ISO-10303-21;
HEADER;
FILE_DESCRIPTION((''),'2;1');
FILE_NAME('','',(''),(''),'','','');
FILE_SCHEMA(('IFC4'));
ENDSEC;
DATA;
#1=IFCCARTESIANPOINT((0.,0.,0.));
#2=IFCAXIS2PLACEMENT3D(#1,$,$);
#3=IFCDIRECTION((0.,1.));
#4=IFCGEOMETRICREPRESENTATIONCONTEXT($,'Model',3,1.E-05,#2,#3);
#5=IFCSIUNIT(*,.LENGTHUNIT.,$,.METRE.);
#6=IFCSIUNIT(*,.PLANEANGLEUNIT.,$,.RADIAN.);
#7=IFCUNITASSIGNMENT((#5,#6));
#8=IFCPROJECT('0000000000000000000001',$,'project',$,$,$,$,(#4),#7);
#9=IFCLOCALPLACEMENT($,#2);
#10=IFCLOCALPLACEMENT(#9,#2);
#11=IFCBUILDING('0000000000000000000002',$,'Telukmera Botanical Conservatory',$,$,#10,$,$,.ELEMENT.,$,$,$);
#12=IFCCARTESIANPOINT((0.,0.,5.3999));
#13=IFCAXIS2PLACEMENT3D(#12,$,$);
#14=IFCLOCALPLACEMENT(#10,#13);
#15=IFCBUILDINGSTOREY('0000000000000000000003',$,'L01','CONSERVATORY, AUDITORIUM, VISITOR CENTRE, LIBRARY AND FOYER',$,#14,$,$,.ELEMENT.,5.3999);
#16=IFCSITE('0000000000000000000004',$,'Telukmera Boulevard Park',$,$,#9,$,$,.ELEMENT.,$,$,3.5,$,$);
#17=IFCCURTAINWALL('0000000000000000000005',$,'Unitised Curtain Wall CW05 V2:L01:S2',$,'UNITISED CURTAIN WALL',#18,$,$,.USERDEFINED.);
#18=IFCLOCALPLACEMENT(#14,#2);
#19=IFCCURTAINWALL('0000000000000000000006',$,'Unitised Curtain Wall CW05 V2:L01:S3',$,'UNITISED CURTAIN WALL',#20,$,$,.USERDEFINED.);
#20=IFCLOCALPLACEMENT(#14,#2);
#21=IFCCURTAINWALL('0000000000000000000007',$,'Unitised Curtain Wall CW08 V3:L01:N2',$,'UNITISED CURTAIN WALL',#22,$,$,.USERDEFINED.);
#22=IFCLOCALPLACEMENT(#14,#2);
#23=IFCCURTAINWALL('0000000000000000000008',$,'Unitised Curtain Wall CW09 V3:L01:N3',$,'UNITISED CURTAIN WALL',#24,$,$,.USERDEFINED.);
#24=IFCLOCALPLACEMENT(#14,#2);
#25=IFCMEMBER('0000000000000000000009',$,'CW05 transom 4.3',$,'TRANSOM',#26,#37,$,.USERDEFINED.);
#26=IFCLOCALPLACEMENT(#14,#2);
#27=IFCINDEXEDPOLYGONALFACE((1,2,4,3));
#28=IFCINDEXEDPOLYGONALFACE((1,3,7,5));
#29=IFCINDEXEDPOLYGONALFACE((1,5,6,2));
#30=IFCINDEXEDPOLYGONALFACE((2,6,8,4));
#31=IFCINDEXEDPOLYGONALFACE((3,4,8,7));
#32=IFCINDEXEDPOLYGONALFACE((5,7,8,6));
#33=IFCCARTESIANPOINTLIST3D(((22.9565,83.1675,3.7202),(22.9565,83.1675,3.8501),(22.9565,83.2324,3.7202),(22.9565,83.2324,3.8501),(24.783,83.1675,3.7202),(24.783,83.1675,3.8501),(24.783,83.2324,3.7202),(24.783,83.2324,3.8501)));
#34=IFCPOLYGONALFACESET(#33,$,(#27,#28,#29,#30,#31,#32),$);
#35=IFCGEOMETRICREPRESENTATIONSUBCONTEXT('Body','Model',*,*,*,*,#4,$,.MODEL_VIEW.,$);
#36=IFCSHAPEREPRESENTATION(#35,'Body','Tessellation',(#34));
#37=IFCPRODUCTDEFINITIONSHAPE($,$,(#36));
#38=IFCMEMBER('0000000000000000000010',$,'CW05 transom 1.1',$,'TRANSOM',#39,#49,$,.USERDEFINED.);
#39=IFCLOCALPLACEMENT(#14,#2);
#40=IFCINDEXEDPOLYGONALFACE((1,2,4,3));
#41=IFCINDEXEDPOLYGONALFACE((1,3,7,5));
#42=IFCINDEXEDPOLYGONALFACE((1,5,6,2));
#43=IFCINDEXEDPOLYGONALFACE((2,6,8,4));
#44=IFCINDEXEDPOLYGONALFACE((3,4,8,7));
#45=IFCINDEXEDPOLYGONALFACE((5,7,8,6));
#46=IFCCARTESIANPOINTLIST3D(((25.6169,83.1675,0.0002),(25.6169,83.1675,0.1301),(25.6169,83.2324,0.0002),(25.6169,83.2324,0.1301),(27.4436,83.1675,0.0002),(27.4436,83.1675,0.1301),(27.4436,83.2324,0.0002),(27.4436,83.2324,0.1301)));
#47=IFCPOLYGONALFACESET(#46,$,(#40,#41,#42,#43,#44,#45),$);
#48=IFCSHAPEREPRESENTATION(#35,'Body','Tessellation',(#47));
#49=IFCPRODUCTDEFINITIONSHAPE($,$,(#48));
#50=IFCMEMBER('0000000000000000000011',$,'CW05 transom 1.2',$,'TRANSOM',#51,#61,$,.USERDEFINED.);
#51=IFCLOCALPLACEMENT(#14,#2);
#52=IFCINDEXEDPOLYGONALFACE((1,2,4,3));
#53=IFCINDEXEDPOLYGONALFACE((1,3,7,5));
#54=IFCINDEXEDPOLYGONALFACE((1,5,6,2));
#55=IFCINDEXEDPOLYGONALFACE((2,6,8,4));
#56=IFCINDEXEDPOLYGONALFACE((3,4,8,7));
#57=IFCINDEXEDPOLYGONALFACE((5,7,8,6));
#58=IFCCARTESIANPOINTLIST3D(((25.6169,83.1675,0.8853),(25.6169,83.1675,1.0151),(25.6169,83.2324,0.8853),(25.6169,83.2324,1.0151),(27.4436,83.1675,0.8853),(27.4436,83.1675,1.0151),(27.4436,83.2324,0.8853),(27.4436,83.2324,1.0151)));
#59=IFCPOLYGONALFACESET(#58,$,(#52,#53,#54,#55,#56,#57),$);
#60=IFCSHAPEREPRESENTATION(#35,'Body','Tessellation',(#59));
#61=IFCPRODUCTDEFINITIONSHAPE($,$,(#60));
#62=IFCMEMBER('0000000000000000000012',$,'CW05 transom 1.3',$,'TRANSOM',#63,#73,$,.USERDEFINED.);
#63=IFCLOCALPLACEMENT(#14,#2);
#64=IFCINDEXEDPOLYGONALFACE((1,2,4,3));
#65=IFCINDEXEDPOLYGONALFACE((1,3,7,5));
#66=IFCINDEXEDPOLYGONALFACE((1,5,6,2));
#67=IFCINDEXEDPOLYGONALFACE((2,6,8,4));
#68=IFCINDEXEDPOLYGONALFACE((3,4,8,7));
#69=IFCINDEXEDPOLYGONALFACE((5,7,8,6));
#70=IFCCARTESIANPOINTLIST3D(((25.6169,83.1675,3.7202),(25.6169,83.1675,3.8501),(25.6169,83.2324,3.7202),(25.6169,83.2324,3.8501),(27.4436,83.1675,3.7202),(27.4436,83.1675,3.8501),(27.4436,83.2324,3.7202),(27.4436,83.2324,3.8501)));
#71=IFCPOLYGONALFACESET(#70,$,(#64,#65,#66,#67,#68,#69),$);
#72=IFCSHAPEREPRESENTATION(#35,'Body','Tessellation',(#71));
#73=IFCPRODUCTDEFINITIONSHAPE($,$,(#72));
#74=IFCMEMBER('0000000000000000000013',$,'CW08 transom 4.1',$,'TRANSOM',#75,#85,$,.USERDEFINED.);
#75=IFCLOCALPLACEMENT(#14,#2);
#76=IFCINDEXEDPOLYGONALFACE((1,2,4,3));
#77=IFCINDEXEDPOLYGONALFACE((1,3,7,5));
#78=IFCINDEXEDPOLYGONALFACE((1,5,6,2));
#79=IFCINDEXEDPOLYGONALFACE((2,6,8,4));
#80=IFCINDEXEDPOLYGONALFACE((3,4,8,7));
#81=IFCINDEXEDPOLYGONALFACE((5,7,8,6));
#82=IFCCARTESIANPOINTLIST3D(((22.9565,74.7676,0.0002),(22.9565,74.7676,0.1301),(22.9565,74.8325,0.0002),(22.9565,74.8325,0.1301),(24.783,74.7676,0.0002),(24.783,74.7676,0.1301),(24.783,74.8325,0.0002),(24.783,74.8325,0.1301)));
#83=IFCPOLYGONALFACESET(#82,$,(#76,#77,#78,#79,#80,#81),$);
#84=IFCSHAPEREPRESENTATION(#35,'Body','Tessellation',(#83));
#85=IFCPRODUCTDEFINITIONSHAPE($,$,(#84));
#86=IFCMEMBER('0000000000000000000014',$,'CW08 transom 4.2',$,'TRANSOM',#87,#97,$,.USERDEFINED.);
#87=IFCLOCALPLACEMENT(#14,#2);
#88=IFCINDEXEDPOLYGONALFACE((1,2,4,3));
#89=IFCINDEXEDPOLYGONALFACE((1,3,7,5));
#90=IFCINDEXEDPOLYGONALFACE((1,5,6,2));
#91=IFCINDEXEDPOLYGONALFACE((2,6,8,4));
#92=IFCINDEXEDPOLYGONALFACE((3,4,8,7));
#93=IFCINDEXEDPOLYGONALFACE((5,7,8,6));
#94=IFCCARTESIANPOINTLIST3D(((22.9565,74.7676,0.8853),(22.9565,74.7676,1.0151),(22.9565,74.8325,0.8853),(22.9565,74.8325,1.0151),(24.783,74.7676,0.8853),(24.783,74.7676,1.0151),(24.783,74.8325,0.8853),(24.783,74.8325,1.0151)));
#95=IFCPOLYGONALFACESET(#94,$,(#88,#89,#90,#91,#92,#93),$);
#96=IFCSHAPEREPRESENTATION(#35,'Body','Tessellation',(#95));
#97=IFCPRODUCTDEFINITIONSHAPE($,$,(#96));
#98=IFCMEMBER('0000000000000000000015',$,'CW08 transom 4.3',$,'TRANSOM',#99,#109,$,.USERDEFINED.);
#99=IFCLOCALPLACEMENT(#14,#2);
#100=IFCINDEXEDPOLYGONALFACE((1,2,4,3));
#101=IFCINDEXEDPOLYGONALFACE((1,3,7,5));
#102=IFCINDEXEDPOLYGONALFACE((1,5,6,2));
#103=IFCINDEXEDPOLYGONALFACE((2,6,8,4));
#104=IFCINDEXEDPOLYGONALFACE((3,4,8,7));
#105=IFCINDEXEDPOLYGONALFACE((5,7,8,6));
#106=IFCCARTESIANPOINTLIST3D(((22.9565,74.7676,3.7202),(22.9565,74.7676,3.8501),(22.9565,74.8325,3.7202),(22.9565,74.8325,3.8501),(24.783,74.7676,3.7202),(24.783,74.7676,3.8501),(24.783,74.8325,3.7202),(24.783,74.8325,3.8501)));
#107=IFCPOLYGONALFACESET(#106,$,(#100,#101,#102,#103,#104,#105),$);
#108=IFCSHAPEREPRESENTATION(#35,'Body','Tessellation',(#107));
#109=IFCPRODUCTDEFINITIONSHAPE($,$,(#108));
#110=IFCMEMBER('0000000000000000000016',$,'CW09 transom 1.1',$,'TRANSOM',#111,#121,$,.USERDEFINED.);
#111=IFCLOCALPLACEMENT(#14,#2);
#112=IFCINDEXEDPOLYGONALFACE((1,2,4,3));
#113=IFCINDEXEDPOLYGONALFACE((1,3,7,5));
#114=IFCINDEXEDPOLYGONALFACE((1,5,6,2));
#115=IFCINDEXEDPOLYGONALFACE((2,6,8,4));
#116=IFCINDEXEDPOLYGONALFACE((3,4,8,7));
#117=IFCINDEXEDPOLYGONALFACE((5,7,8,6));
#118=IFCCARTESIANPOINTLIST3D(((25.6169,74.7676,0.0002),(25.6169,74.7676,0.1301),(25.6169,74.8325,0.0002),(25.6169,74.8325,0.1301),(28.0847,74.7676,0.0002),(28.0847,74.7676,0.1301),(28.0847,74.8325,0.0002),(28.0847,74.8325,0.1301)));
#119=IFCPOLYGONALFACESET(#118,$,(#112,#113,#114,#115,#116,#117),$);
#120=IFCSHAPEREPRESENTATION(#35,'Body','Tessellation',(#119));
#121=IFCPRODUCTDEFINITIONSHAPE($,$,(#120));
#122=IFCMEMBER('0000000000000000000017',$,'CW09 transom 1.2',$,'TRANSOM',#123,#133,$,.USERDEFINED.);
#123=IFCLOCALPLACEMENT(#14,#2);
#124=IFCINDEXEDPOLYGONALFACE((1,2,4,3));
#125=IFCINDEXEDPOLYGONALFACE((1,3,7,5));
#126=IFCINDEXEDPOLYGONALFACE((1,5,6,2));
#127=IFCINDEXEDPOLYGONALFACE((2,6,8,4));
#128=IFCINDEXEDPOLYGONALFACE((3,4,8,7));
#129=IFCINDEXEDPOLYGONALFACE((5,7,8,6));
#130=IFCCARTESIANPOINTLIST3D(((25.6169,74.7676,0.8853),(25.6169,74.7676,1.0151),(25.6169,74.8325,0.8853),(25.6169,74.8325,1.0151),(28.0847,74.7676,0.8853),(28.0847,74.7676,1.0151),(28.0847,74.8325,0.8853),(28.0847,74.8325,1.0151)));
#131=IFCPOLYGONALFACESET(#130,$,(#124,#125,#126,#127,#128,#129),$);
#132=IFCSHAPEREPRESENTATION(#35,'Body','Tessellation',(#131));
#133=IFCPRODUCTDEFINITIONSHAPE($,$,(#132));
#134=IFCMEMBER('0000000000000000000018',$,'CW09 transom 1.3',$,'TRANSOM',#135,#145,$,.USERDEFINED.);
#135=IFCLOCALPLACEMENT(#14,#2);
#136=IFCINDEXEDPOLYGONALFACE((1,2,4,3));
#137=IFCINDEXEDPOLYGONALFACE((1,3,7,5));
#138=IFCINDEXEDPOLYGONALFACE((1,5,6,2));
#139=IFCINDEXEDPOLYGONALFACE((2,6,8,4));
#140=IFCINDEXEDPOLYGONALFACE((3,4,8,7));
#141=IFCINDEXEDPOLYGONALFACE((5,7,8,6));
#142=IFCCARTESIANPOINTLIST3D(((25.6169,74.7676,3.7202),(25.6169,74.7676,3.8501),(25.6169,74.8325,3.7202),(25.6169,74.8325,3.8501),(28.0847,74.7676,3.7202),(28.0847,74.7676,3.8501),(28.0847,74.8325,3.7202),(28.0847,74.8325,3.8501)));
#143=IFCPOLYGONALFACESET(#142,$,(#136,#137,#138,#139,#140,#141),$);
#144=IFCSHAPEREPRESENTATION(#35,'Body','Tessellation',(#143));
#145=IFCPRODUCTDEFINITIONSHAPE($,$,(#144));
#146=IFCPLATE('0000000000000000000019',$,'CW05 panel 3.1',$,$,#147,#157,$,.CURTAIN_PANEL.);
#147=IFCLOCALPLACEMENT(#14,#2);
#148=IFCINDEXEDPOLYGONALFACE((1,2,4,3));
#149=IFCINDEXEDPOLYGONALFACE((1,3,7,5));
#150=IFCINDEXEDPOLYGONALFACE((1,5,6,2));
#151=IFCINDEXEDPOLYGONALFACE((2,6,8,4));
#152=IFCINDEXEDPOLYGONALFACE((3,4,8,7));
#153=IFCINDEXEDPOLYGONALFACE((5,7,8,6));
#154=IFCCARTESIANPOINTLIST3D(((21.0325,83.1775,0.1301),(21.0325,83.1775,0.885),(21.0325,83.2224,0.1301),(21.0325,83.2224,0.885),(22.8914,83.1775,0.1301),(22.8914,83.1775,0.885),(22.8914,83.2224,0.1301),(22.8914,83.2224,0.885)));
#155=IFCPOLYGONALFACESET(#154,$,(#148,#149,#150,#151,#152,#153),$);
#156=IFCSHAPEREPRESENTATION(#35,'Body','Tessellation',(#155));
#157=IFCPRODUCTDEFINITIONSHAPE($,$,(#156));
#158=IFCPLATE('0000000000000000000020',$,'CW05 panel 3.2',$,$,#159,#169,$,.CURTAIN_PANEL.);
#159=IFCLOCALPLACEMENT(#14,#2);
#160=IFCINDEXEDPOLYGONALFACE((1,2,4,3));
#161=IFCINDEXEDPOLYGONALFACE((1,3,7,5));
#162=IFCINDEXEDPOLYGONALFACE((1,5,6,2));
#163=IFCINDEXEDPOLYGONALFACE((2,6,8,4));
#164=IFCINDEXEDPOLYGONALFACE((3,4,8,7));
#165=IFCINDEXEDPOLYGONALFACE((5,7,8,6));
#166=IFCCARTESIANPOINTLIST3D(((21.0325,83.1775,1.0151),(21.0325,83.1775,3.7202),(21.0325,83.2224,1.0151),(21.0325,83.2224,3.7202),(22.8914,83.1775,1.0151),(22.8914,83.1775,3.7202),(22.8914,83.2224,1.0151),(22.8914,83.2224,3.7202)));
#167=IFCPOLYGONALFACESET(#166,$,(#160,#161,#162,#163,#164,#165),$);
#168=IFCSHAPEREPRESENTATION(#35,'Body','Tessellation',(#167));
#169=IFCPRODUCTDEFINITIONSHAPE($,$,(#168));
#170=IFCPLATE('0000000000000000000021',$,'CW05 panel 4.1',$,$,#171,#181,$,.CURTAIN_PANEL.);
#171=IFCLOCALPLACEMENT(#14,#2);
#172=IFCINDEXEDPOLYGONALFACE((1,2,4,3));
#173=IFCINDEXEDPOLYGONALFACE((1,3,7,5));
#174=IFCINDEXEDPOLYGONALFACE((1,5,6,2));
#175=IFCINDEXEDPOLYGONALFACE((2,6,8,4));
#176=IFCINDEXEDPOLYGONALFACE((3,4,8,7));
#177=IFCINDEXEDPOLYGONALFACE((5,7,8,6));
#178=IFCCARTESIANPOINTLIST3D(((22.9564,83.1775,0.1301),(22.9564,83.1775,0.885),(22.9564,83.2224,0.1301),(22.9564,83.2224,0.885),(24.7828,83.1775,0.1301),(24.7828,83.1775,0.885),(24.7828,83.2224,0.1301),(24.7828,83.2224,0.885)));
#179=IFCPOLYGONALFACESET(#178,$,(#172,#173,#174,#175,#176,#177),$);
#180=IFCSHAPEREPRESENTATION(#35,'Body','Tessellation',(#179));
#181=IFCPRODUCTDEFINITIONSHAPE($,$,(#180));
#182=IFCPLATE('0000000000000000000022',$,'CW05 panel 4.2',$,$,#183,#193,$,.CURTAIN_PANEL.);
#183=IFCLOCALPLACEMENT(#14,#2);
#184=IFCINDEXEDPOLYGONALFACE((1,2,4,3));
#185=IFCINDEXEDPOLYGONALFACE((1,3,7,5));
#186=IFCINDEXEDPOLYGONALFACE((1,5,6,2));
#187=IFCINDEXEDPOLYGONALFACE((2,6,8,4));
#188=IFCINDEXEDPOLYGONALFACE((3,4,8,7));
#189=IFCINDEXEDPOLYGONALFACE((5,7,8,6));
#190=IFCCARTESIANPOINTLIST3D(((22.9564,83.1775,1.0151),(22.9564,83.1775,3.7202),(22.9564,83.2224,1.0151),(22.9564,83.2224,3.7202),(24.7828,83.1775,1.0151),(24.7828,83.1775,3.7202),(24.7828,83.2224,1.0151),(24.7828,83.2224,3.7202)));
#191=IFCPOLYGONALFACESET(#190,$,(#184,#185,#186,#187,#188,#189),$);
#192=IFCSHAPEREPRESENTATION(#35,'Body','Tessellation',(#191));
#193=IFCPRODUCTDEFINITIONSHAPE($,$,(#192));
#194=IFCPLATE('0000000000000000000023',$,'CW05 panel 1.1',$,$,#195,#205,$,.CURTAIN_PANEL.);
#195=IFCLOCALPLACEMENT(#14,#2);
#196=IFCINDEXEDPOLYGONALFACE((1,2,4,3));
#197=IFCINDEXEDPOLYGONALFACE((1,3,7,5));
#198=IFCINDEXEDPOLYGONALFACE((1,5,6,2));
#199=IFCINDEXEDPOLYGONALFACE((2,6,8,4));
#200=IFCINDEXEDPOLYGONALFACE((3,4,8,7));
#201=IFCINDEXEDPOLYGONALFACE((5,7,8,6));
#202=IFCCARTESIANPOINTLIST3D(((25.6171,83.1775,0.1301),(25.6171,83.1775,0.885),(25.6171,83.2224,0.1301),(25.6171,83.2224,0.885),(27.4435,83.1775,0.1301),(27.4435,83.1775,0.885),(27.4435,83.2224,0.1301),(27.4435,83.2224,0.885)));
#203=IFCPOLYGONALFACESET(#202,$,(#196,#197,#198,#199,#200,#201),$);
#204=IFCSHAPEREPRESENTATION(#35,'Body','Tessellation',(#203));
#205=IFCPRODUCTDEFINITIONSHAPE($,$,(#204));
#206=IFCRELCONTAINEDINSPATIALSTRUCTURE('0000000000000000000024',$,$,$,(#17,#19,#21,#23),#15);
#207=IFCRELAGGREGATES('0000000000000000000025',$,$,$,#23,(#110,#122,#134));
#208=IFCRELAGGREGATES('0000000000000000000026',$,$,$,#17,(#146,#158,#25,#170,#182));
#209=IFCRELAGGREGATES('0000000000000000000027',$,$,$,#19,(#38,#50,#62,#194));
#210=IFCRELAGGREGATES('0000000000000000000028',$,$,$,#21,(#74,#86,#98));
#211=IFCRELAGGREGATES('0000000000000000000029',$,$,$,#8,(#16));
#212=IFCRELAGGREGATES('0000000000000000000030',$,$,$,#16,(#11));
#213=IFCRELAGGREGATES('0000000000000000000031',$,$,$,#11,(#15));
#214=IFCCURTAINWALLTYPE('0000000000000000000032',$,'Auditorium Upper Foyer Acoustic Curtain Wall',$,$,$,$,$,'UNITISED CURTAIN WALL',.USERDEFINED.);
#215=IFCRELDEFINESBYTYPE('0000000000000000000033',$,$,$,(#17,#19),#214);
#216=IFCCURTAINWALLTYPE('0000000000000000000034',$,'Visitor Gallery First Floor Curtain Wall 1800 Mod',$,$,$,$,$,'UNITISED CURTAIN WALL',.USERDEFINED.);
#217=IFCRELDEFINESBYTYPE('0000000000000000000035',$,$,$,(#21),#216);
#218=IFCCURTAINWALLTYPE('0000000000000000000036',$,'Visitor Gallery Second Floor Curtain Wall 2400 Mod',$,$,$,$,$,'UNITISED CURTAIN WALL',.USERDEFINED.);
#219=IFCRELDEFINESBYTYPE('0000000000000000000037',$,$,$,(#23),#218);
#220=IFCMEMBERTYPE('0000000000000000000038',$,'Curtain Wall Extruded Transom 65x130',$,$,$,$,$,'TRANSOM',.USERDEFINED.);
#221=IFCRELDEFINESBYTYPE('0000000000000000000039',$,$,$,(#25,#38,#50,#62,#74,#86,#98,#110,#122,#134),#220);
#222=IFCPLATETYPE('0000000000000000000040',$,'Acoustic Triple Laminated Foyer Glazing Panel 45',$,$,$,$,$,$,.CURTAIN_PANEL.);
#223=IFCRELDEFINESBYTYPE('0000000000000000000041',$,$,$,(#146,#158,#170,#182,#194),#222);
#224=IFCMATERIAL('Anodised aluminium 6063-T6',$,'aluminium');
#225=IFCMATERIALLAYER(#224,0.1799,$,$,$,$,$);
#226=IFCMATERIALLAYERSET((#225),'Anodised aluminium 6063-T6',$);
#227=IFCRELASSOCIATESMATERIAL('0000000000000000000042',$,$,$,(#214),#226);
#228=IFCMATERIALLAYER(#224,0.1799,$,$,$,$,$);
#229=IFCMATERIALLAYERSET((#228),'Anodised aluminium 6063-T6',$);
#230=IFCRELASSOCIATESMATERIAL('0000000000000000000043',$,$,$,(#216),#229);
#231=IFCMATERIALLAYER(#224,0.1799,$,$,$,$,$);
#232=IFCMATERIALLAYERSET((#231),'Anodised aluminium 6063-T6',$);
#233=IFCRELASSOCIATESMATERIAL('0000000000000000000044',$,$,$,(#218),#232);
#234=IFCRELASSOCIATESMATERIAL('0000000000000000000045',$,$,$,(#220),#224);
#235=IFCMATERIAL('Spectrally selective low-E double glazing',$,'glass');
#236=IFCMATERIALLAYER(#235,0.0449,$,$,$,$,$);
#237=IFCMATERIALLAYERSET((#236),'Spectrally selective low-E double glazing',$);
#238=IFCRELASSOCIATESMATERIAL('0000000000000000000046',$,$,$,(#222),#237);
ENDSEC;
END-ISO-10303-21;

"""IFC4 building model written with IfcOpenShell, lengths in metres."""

from ifc_helpers import new_model, si_unit, direction, frame, origin, origin_2d, place, context, subcontext, project, spatial, rectangle, extrude, material, layer, layer_set, material_profile, profile_set, type_object, element, aggregate, save


model = new_model("IFC4")

# Units and contexts
model_context = context("Model", 3, precision=1e-05, world=origin(), true_north=direction((0.0, 1.0)))
body_context = subcontext(model_context, "Body", "Model", "MODEL_VIEW")
ifc_project = project(units=[si_unit("LENGTHUNIT", "METRE"), si_unit("PLANEANGLEUNIT", "RADIAN")], contexts=[model_context])

# Site, building, storey
site_placement = place(None, origin())
site = spatial("IfcSite", under=ifc_project, at=site_placement, Name="Telukmera Boulevard Park", CompositionType="ELEMENT", RefElevation=3.5)
building_placement = place(site_placement, origin())
building = spatial("IfcBuilding", under=site, at=building_placement, Name="Telukmera Botanical Conservatory", CompositionType="ELEMENT")
storey_placement = place(building_placement, frame((0.0, 0.0, 5.3999)))
storey = spatial("IfcBuildingStorey", under=building, at=storey_placement, Name="L01", Description="CONSERVATORY, AUDITORIUM, VISITOR CENTRE, LIBRARY AND FOYER", CompositionType="ELEMENT", Elevation=5.3999)

# Curtain wall
ifc_material_1 = material(Name="Anodised aluminium 6063-T6", Category="aluminium")
ifc_layer_1 = layer(ifc_material_1, 0.1799)
ifc_layer_set_1 = layer_set([ifc_layer_1], Name="Anodised aluminium 6063-T6")
curtain_wall_type_1 = type_object("IfcCurtainWallType", Name="Auditorium Upper Foyer Acoustic Curtain Wall", ElementType="UNITISED CURTAIN WALL", PredefinedType="USERDEFINED", material=ifc_layer_set_1)
curtain_wall_1_placement = place(storey_placement, origin())
curtain_wall_1 = element("IfcCurtainWall", 1, at=curtain_wall_1_placement, inside=storey, type_object=curtain_wall_type_1, Name="Unitised Curtain Wall CW05 V2:L01:S2", ObjectType="UNITISED CURTAIN WALL", PredefinedType="USERDEFINED")

# Curtain wall
curtain_wall_2_placement = place(storey_placement, origin())
curtain_wall_2 = element("IfcCurtainWall", 2, at=curtain_wall_2_placement, inside=storey, type_object=curtain_wall_type_1, Name="Unitised Curtain Wall CW05 V2:L01:S3", ObjectType="UNITISED CURTAIN WALL", PredefinedType="USERDEFINED")

# Curtain wall
ifc_layer_2 = layer(ifc_material_1, 0.1799)
ifc_layer_set_2 = layer_set([ifc_layer_2], Name="Anodised aluminium 6063-T6")
curtain_wall_type_2 = type_object("IfcCurtainWallType", Name="Visitor Gallery First Floor Curtain Wall 1800 Mod", ElementType="UNITISED CURTAIN WALL", PredefinedType="USERDEFINED", material=ifc_layer_set_2)
curtain_wall_3_placement = place(storey_placement, origin())
curtain_wall_3 = element("IfcCurtainWall", 3, at=curtain_wall_3_placement, inside=storey, type_object=curtain_wall_type_2, Name="Unitised Curtain Wall CW08 V3:L01:N2", ObjectType="UNITISED CURTAIN WALL", PredefinedType="USERDEFINED")

# Curtain wall
ifc_layer_3 = layer(ifc_material_1, 0.1799)
ifc_layer_set_3 = layer_set([ifc_layer_3], Name="Anodised aluminium 6063-T6")
curtain_wall_type_3 = type_object("IfcCurtainWallType", Name="Visitor Gallery Second Floor Curtain Wall 2400 Mod", ElementType="UNITISED CURTAIN WALL", PredefinedType="USERDEFINED", material=ifc_layer_set_3)
curtain_wall_4_placement = place(storey_placement, origin())
curtain_wall_4 = element("IfcCurtainWall", 4, at=curtain_wall_4_placement, inside=storey, type_object=curtain_wall_type_3, Name="Unitised Curtain Wall CW09 V3:L01:N3", ObjectType="UNITISED CURTAIN WALL", PredefinedType="USERDEFINED")

# Members
ifc_material_profile_1 = material_profile(ifc_material_1, rectangle(XDim=0.0649, YDim=0.1299, at=origin_2d()), Name="ALU TRAN 65x130")
ifc_profile_set_1 = profile_set([ifc_material_profile_1], Name="Anodised aluminium 6063-T6")
member_type_1 = type_object("IfcMemberType", Name="Curtain Wall Extruded Transom 65x130", ElementType="TRANSOM", PredefinedType="USERDEFINED", material=ifc_profile_set_1)
member_1_placement = place(storey_placement, frame((22.9565, 83.2, 3.7852), z_axis=(1.0, 0.0, 0.0), x_axis=(0.0, 1.0, 0.0)))
member_1 = element("IfcMember", 5, at=member_1_placement, type_object=member_type_1, Name="CW05 transom 4.3", ObjectType="TRANSOM", PredefinedType="USERDEFINED", context=body_context, shape_type="SweptSolid", body=[
    extrude(rectangle(XDim=0.0649, YDim=0.1299, at=origin_2d()), origin(), (0.0, 0.0, 1.0), 1.8264),
])
member_2_placement = place(storey_placement, frame((25.6169, 83.2, 0.0652), z_axis=(1.0, 0.0, 0.0), x_axis=(0.0, 1.0, 0.0)))
member_2 = element("IfcMember", 6, at=member_2_placement, type_object=member_type_1, Name="CW05 transom 1.1", ObjectType="TRANSOM", PredefinedType="USERDEFINED", context=body_context, shape_type="SweptSolid", body=[
    extrude(rectangle(XDim=0.0649, YDim=0.1299, at=origin_2d()), origin(), (0.0, 0.0, 1.0), 1.8267),
])
member_3_placement = place(storey_placement, frame((25.6169, 83.2, 0.9502), z_axis=(1.0, 0.0, 0.0), x_axis=(0.0, 1.0, 0.0)))
member_3 = element("IfcMember", 7, at=member_3_placement, type_object=member_type_1, Name="CW05 transom 1.2", ObjectType="TRANSOM", PredefinedType="USERDEFINED", context=body_context, shape_type="SweptSolid", body=[
    extrude(rectangle(XDim=0.0649, YDim=0.1299, at=origin_2d()), origin(), (0.0, 0.0, 1.0), 1.8267),
])
member_4_placement = place(storey_placement, frame((25.6169, 83.2, 3.7852), z_axis=(1.0, 0.0, 0.0), x_axis=(0.0, 1.0, 0.0)))
member_4 = element("IfcMember", 8, at=member_4_placement, type_object=member_type_1, Name="CW05 transom 1.3", ObjectType="TRANSOM", PredefinedType="USERDEFINED", context=body_context, shape_type="SweptSolid", body=[
    extrude(rectangle(XDim=0.0649, YDim=0.1299, at=origin_2d()), origin(), (0.0, 0.0, 1.0), 1.8267),
])
member_5_placement = place(storey_placement, frame((22.9565, 74.8, 0.0652), z_axis=(1.0, 0.0, 0.0), x_axis=(0.0, 1.0, 0.0)))
member_5 = element("IfcMember", 9, at=member_5_placement, type_object=member_type_1, Name="CW08 transom 4.1", ObjectType="TRANSOM", PredefinedType="USERDEFINED", context=body_context, shape_type="SweptSolid", body=[
    extrude(rectangle(XDim=0.0649, YDim=0.1299, at=origin_2d()), origin(), (0.0, 0.0, 1.0), 1.8264),
])
member_6_placement = place(storey_placement, frame((22.9565, 74.8, 0.9502), z_axis=(1.0, 0.0, 0.0), x_axis=(0.0, 1.0, 0.0)))
member_6 = element("IfcMember", 10, at=member_6_placement, type_object=member_type_1, Name="CW08 transom 4.2", ObjectType="TRANSOM", PredefinedType="USERDEFINED", context=body_context, shape_type="SweptSolid", body=[
    extrude(rectangle(XDim=0.0649, YDim=0.1299, at=origin_2d()), origin(), (0.0, 0.0, 1.0), 1.8264),
])
member_7_placement = place(storey_placement, frame((22.9565, 74.8, 3.7852), z_axis=(1.0, 0.0, 0.0), x_axis=(0.0, 1.0, 0.0)))
member_7 = element("IfcMember", 11, at=member_7_placement, type_object=member_type_1, Name="CW08 transom 4.3", ObjectType="TRANSOM", PredefinedType="USERDEFINED", context=body_context, shape_type="SweptSolid", body=[
    extrude(rectangle(XDim=0.0649, YDim=0.1299, at=origin_2d()), origin(), (0.0, 0.0, 1.0), 1.8264),
])
member_8_placement = place(storey_placement, frame((25.6169, 74.8, 0.0652), z_axis=(1.0, 0.0, 0.0), x_axis=(0.0, 1.0, 0.0)))
member_8 = element("IfcMember", 12, at=member_8_placement, type_object=member_type_1, Name="CW09 transom 1.1", ObjectType="TRANSOM", PredefinedType="USERDEFINED", context=body_context, shape_type="SweptSolid", body=[
    extrude(rectangle(XDim=0.0649, YDim=0.1299, at=origin_2d()), origin(), (0.0, 0.0, 1.0), 2.4678),
])
member_9_placement = place(storey_placement, frame((25.6169, 74.8, 0.9502), z_axis=(1.0, 0.0, 0.0), x_axis=(0.0, 1.0, 0.0)))
member_9 = element("IfcMember", 13, at=member_9_placement, type_object=member_type_1, Name="CW09 transom 1.2", ObjectType="TRANSOM", PredefinedType="USERDEFINED", context=body_context, shape_type="SweptSolid", body=[
    extrude(rectangle(XDim=0.0649, YDim=0.1299, at=origin_2d()), origin(), (0.0, 0.0, 1.0), 2.4678),
])
member_10_placement = place(storey_placement, frame((25.6169, 74.8, 3.7852), z_axis=(1.0, 0.0, 0.0), x_axis=(0.0, 1.0, 0.0)))
member_10 = element("IfcMember", 14, at=member_10_placement, type_object=member_type_1, Name="CW09 transom 1.3", ObjectType="TRANSOM", PredefinedType="USERDEFINED", context=body_context, shape_type="SweptSolid", body=[
    extrude(rectangle(XDim=0.0649, YDim=0.1299, at=origin_2d()), origin(), (0.0, 0.0, 1.0), 2.4678),
])
aggregate(curtain_wall_4, [member_8, member_9, member_10])

# Plates
ifc_material_2 = material(Name="Spectrally selective low-E double glazing", Category="glass")
ifc_layer_4 = layer(ifc_material_2, 0.0449)
ifc_layer_set_4 = layer_set([ifc_layer_4], Name="Spectrally selective low-E double glazing")
plate_type_1 = type_object("IfcPlateType", Name="Acoustic Triple Laminated Foyer Glazing Panel 45", PredefinedType="CURTAIN_PANEL", material=ifc_layer_set_4)
plate_1_placement = place(storey_placement, frame((21.9619, 83.2, 0.1301), z_axis=(0.0, 0.0, 1.0), x_axis=(1.0, 0.0, 0.0)))
plate_1 = element("IfcPlate", 15, at=plate_1_placement, type_object=plate_type_1, Name="CW05 panel 3.1", PredefinedType="CURTAIN_PANEL", context=body_context, shape_type="SweptSolid", body=[
    extrude(rectangle(XDim=1.8589, YDim=0.0449, at=origin_2d()), origin(), (0.0, 0.0, 1.0), 0.7549),
])
plate_2_placement = place(storey_placement, frame((21.9619, 83.2, 1.0151), z_axis=(0.0, 0.0, 1.0), x_axis=(1.0, 0.0, 0.0)))
plate_2 = element("IfcPlate", 16, at=plate_2_placement, type_object=plate_type_1, Name="CW05 panel 3.2", PredefinedType="CURTAIN_PANEL", context=body_context, shape_type="SweptSolid", body=[
    extrude(rectangle(XDim=1.8589, YDim=0.0449, at=origin_2d()), origin(), (0.0, 0.0, 1.0), 2.7051),
])
plate_3_placement = place(storey_placement, frame((23.8696, 83.2, 0.1301), z_axis=(0.0, 0.0, 1.0), x_axis=(1.0, 0.0, 0.0)))
plate_3 = element("IfcPlate", 17, at=plate_3_placement, type_object=plate_type_1, Name="CW05 panel 4.1", PredefinedType="CURTAIN_PANEL", context=body_context, shape_type="SweptSolid", body=[
    extrude(rectangle(XDim=1.8264, YDim=0.0449, at=origin_2d()), origin(), (0.0, 0.0, 1.0), 0.7549),
])
plate_4_placement = place(storey_placement, frame((23.8696, 83.2, 1.0151), z_axis=(0.0, 0.0, 1.0), x_axis=(1.0, 0.0, 0.0)))
plate_4 = element("IfcPlate", 18, at=plate_4_placement, type_object=plate_type_1, Name="CW05 panel 4.2", PredefinedType="CURTAIN_PANEL", context=body_context, shape_type="SweptSolid", body=[
    extrude(rectangle(XDim=1.8264, YDim=0.0449, at=origin_2d()), origin(), (0.0, 0.0, 1.0), 2.7051),
])
aggregate(curtain_wall_1, [plate_1, plate_2, member_1, plate_3, plate_4])
plate_5_placement = place(storey_placement, frame((26.5303, 83.2, 0.1301), z_axis=(0.0, 0.0, 1.0), x_axis=(1.0, 0.0, 0.0)))
plate_5 = element("IfcPlate", 19, at=plate_5_placement, type_object=plate_type_1, Name="CW05 panel 1.1", PredefinedType="CURTAIN_PANEL", context=body_context, shape_type="SweptSolid", body=[
    extrude(rectangle(XDim=1.8264, YDim=0.0449, at=origin_2d()), origin(), (0.0, 0.0, 1.0), 0.7549),
])
aggregate(curtain_wall_2, [member_2, member_3, member_4, plate_5])
aggregate(curtain_wall_3, [member_5, member_6, member_7])

save(model, "model.ifc")
